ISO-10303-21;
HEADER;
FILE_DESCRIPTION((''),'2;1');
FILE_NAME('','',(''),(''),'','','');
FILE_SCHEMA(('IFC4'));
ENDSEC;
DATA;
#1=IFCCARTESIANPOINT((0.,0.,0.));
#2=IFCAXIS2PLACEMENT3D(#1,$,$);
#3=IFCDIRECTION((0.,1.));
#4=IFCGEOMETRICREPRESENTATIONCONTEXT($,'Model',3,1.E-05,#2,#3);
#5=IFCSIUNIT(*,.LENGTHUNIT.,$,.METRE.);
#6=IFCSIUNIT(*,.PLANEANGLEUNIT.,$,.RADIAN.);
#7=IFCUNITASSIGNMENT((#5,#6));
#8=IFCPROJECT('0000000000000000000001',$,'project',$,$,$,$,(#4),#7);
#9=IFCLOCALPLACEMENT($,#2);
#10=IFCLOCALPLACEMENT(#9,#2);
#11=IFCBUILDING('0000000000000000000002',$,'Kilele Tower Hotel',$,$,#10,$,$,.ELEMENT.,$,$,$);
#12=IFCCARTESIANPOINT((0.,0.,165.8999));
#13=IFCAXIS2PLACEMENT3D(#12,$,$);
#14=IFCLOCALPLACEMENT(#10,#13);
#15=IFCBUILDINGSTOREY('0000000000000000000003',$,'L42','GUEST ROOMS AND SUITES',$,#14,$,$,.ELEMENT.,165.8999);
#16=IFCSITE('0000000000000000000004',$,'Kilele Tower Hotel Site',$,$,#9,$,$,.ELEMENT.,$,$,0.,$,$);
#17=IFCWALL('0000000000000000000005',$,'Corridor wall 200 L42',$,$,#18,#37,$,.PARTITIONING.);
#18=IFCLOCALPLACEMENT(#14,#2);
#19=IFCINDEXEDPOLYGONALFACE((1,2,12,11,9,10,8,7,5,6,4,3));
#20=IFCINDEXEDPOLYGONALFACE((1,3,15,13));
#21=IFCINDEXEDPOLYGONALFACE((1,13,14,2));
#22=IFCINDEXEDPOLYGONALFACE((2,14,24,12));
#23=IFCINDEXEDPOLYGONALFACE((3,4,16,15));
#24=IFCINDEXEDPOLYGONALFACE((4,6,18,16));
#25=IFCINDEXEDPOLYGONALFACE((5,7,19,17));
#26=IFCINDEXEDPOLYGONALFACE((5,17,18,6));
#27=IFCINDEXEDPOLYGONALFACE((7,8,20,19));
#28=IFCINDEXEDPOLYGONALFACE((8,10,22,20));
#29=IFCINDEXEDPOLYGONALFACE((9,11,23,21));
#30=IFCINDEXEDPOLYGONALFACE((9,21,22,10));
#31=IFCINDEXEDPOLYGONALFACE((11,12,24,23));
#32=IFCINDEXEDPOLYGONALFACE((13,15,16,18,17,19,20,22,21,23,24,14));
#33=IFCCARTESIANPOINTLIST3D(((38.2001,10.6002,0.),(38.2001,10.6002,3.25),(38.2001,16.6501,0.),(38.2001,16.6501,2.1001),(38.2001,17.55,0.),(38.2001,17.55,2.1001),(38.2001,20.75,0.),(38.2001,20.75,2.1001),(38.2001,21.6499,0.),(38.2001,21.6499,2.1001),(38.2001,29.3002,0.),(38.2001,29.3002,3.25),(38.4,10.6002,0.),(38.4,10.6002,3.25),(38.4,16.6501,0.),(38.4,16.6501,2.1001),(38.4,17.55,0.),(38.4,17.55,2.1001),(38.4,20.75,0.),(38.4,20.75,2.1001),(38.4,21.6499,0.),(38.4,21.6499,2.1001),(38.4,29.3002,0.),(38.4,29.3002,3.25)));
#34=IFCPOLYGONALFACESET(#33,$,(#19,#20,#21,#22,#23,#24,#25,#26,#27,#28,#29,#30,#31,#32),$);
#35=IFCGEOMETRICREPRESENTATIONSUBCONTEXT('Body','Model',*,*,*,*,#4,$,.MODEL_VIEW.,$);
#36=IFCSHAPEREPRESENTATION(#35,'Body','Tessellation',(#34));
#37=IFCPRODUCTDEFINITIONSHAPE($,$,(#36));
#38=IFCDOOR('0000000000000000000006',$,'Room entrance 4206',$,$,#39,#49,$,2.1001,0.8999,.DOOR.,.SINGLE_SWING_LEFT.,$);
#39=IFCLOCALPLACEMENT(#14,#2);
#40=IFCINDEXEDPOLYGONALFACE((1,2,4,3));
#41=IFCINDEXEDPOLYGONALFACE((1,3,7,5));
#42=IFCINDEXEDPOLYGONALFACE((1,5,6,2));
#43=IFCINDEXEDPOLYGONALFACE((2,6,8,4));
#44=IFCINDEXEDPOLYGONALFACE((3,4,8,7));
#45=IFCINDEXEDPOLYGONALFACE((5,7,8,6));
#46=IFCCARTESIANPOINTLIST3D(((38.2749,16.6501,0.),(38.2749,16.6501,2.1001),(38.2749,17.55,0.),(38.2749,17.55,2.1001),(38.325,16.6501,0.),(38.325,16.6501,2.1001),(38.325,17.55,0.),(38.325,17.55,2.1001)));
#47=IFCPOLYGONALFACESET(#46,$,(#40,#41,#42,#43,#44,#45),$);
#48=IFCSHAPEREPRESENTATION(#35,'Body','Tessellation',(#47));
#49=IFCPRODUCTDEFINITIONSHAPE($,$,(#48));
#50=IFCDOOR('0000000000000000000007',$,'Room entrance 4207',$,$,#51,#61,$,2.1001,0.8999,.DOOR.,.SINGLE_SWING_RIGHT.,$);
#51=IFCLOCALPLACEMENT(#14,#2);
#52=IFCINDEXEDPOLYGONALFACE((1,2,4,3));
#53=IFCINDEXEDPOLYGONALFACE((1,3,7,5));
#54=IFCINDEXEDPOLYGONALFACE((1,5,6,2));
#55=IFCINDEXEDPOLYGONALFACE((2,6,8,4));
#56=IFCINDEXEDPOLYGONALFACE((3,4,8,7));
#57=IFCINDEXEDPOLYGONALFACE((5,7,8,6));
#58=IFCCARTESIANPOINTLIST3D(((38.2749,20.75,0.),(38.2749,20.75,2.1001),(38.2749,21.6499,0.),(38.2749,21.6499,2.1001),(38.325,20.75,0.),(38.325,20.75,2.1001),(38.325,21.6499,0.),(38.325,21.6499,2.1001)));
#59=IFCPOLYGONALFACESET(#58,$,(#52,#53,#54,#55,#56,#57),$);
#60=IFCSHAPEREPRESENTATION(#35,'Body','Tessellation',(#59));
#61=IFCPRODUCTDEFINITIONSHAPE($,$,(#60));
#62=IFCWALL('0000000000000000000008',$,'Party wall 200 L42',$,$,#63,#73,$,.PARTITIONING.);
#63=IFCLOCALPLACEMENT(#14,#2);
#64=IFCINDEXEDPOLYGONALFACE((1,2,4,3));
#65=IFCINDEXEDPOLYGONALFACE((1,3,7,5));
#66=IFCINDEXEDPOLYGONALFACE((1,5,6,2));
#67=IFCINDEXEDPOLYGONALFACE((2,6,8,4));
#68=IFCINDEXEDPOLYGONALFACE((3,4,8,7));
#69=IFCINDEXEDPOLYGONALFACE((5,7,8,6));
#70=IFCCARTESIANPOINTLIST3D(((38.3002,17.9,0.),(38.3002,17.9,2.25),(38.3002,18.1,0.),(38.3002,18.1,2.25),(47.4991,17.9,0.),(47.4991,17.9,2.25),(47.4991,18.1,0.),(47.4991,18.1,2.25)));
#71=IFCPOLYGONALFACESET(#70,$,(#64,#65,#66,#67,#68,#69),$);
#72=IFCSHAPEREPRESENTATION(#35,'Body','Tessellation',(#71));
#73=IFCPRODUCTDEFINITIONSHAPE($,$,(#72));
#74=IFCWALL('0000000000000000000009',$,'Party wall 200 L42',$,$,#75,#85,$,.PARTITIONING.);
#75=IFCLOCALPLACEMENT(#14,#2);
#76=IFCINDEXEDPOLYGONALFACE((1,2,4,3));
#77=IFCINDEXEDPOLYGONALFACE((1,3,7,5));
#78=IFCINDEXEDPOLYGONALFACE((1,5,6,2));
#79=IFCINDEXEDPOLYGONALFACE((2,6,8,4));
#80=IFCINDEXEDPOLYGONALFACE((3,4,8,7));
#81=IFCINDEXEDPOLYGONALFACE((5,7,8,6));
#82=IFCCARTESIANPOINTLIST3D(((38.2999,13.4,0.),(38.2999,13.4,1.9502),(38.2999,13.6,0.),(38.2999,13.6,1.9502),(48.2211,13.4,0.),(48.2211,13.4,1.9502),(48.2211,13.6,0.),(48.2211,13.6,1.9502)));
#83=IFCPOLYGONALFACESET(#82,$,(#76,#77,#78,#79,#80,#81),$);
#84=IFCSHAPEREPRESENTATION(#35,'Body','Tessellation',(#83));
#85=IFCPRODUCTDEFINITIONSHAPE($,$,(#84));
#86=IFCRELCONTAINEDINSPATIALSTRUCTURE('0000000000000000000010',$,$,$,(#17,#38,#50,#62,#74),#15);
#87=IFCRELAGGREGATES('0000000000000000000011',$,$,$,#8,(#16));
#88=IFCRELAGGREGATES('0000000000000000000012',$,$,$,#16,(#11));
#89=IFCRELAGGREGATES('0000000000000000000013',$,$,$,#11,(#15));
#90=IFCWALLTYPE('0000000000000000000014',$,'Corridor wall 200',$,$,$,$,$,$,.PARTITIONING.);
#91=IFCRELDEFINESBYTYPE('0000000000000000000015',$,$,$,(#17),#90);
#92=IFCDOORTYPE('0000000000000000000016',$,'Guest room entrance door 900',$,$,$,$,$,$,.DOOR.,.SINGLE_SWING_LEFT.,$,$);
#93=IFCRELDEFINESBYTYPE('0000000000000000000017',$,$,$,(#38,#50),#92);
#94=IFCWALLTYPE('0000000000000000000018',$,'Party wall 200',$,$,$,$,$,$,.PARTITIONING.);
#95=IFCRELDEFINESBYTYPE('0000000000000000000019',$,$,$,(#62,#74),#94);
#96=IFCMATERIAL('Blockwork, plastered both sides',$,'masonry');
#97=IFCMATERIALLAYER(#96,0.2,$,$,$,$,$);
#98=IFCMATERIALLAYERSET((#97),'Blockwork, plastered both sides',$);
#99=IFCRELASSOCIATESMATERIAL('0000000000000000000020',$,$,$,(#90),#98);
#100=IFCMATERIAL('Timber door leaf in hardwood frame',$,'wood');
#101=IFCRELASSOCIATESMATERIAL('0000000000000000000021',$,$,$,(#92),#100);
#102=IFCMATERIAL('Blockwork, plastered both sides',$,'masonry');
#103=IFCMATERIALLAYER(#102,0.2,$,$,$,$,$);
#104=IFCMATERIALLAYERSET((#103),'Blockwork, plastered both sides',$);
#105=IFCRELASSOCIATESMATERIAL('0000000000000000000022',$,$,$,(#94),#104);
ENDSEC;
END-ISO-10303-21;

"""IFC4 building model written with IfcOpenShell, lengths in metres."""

from ifc_helpers import new_model, si_unit, direction, frame, frame_2d, origin, place, context, subcontext, project, spatial, rectangle, extrude, material, layer, layer_set, type_object, element, fill, save


model = new_model("IFC4")

# Units and contexts
model_context = context("Model", 3, precision=1e-05, world=origin(), true_north=direction((0.0, 1.0)))
body_context = subcontext(model_context, "Body", "Model", "MODEL_VIEW")
ifc_project = project(units=[si_unit("LENGTHUNIT", "METRE"), si_unit("PLANEANGLEUNIT", "RADIAN")], contexts=[model_context])

# Site, building, storey
site_placement = place(None, origin())
site = spatial("IfcSite", under=ifc_project, at=site_placement, Name="Kilele Tower Hotel Site", CompositionType="ELEMENT", RefElevation=0.0)
building_placement = place(site_placement, origin())
building = spatial("IfcBuilding", under=site, at=building_placement, Name="Kilele Tower Hotel", CompositionType="ELEMENT")
storey_placement = place(building_placement, frame((0.0, 0.0, 165.8999)))
storey = spatial("IfcBuildingStorey", under=building, at=storey_placement, Name="L42", Description="GUEST ROOMS AND SUITES", CompositionType="ELEMENT", Elevation=165.8999)

# Wall, openings, doors
ifc_material_1 = material(Name="Blockwork, plastered both sides", Category="masonry")
ifc_layer_1 = layer(ifc_material_1, 0.2)
ifc_layer_set_1 = layer_set([ifc_layer_1], Name="Blockwork, plastered both sides")
wall_type_1 = type_object("IfcWallType", Name="Corridor wall 200", PredefinedType="PARTITIONING", material=ifc_layer_set_1)
wall_1_placement = place(storey_placement, frame((38.3, 10.6001, 0.0), z_axis=(0.0, 0.0, 1.0), x_axis=(0.0, 1.0, 0.0)))
wall_1 = element("IfcWall", 1, at=wall_1_placement, inside=storey, type_object=wall_type_1, Name="Corridor wall 200 L42", PredefinedType="PARTITIONING", context=body_context, shape_type="SweptSolid", body=[
    extrude(rectangle(XDim=18.7, YDim=0.2, at=frame_2d((9.3501, 0.0))), origin(), (0.0, 0.0, 1.0), 3.25),
])
opening_1_placement = place(wall_1_placement, frame((6.95, 0.0, 0.0), z_axis=(0.0, 0.0, 1.0), x_axis=(-1.0, 0.0, 0.0)))
opening_1 = element("IfcOpeningElement", 2, at=opening_1_placement, cuts=wall_1, PredefinedType="OPENING", context=body_context, shape_type="SweptSolid", body=[
    extrude(rectangle(XDim=0.8999, YDim=2.1001, at=frame_2d((0.45, 1.05))), frame((0.0, 0.1099, 0.0), z_axis=(0.0, -1.0, 0.0), x_axis=(1.0, 0.0, 0.0)), (0.0, 0.0, 1.0), 0.22),
])
opening_2_placement = place(wall_1_placement, frame((11.0498, 0.0, 0.0), z_axis=(0.0, 0.0, 1.0), x_axis=(-1.0, 0.0, 0.0)))
opening_2 = element("IfcOpeningElement", 3, at=opening_2_placement, cuts=wall_1, PredefinedType="OPENING", context=body_context, shape_type="SweptSolid", body=[
    extrude(rectangle(XDim=0.8999, YDim=2.1001, at=frame_2d((0.45, 1.05))), frame((0.0, 0.1099, 0.0), z_axis=(0.0, -1.0, 0.0), x_axis=(1.0, 0.0, 0.0)), (0.0, 0.0, 1.0), 0.22),
])
ifc_material_2 = material(Name="Timber door leaf in hardwood frame", Category="wood")
door_type_1 = type_object("IfcDoorType", Name="Guest room entrance door 900", OperationType="SINGLE_SWING_LEFT", PredefinedType="DOOR", material=ifc_material_2)
door_1_placement = place(opening_1_placement, origin())
door_1 = element("IfcDoor", 4, at=door_1_placement, inside=storey, type_object=door_type_1, Name="Room entrance 4206", OperationType="SINGLE_SWING_LEFT", OverallHeight=2.1001, OverallWidth=0.8999, PredefinedType="DOOR", context=body_context, shape_type="SweptSolid", body=[
    extrude(rectangle(XDim=0.8999, YDim=2.1001, at=frame_2d((0.45, 1.05))), frame((0.0, 0.0249, 0.0), z_axis=(0.0, -1.0, 0.0), x_axis=(1.0, 0.0, 0.0)), (0.0, 0.0, 1.0), 0.05),
])
fill(opening_1, door_1)
door_2_placement = place(opening_2_placement, origin())
door_2 = element("IfcDoor", 5, at=door_2_placement, inside=storey, type_object=door_type_1, Name="Room entrance 4207", OperationType="SINGLE_SWING_RIGHT", OverallHeight=2.1001, OverallWidth=0.8999, PredefinedType="DOOR", context=body_context, shape_type="SweptSolid", body=[
    extrude(rectangle(XDim=0.8999, YDim=2.1001, at=frame_2d((0.45, 1.05))), frame((0.0, 0.0249, 0.0), z_axis=(0.0, -1.0, 0.0), x_axis=(1.0, 0.0, 0.0)), (0.0, 0.0, 1.0), 0.05),
])
fill(opening_2, door_2)

# Walls
ifc_material_3 = material(Name="Blockwork, plastered both sides", Category="masonry")
ifc_layer_2 = layer(ifc_material_3, 0.2)
ifc_layer_set_2 = layer_set([ifc_layer_2], Name="Blockwork, plastered both sides")
wall_type_2 = type_object("IfcWallType", Name="Party wall 200", PredefinedType="PARTITIONING", material=ifc_layer_set_2)
wall_2_placement = place(storey_placement, frame((38.3, 18.0, 0.0), z_axis=(0.0, 0.0, 1.0), x_axis=(1.0, 0.0, 0.0)))
element("IfcWall", 6, at=wall_2_placement, inside=storey, type_object=wall_type_2, Name="Party wall 200 L42", PredefinedType="PARTITIONING", context=body_context, shape_type="SweptSolid", body=[
    extrude(rectangle(XDim=9.199, YDim=0.2, at=frame_2d((4.5996, 0.0))), origin(), (0.0, 0.0, 1.0), 2.25),
])
wall_3_placement = place(storey_placement, frame((38.3, 13.5, 0.0), z_axis=(0.0, 0.0, 1.0), x_axis=(1.0, 0.0, 0.0)))
element("IfcWall", 7, at=wall_3_placement, inside=storey, type_object=wall_type_2, Name="Party wall 200 L42", PredefinedType="PARTITIONING", context=body_context, shape_type="SweptSolid", body=[
    extrude(rectangle(XDim=9.9211, YDim=0.2, at=frame_2d((4.9604, 0.0))), origin(), (0.0, 0.0, 1.0), 1.9502),
])

save(model, "model.ifc")
